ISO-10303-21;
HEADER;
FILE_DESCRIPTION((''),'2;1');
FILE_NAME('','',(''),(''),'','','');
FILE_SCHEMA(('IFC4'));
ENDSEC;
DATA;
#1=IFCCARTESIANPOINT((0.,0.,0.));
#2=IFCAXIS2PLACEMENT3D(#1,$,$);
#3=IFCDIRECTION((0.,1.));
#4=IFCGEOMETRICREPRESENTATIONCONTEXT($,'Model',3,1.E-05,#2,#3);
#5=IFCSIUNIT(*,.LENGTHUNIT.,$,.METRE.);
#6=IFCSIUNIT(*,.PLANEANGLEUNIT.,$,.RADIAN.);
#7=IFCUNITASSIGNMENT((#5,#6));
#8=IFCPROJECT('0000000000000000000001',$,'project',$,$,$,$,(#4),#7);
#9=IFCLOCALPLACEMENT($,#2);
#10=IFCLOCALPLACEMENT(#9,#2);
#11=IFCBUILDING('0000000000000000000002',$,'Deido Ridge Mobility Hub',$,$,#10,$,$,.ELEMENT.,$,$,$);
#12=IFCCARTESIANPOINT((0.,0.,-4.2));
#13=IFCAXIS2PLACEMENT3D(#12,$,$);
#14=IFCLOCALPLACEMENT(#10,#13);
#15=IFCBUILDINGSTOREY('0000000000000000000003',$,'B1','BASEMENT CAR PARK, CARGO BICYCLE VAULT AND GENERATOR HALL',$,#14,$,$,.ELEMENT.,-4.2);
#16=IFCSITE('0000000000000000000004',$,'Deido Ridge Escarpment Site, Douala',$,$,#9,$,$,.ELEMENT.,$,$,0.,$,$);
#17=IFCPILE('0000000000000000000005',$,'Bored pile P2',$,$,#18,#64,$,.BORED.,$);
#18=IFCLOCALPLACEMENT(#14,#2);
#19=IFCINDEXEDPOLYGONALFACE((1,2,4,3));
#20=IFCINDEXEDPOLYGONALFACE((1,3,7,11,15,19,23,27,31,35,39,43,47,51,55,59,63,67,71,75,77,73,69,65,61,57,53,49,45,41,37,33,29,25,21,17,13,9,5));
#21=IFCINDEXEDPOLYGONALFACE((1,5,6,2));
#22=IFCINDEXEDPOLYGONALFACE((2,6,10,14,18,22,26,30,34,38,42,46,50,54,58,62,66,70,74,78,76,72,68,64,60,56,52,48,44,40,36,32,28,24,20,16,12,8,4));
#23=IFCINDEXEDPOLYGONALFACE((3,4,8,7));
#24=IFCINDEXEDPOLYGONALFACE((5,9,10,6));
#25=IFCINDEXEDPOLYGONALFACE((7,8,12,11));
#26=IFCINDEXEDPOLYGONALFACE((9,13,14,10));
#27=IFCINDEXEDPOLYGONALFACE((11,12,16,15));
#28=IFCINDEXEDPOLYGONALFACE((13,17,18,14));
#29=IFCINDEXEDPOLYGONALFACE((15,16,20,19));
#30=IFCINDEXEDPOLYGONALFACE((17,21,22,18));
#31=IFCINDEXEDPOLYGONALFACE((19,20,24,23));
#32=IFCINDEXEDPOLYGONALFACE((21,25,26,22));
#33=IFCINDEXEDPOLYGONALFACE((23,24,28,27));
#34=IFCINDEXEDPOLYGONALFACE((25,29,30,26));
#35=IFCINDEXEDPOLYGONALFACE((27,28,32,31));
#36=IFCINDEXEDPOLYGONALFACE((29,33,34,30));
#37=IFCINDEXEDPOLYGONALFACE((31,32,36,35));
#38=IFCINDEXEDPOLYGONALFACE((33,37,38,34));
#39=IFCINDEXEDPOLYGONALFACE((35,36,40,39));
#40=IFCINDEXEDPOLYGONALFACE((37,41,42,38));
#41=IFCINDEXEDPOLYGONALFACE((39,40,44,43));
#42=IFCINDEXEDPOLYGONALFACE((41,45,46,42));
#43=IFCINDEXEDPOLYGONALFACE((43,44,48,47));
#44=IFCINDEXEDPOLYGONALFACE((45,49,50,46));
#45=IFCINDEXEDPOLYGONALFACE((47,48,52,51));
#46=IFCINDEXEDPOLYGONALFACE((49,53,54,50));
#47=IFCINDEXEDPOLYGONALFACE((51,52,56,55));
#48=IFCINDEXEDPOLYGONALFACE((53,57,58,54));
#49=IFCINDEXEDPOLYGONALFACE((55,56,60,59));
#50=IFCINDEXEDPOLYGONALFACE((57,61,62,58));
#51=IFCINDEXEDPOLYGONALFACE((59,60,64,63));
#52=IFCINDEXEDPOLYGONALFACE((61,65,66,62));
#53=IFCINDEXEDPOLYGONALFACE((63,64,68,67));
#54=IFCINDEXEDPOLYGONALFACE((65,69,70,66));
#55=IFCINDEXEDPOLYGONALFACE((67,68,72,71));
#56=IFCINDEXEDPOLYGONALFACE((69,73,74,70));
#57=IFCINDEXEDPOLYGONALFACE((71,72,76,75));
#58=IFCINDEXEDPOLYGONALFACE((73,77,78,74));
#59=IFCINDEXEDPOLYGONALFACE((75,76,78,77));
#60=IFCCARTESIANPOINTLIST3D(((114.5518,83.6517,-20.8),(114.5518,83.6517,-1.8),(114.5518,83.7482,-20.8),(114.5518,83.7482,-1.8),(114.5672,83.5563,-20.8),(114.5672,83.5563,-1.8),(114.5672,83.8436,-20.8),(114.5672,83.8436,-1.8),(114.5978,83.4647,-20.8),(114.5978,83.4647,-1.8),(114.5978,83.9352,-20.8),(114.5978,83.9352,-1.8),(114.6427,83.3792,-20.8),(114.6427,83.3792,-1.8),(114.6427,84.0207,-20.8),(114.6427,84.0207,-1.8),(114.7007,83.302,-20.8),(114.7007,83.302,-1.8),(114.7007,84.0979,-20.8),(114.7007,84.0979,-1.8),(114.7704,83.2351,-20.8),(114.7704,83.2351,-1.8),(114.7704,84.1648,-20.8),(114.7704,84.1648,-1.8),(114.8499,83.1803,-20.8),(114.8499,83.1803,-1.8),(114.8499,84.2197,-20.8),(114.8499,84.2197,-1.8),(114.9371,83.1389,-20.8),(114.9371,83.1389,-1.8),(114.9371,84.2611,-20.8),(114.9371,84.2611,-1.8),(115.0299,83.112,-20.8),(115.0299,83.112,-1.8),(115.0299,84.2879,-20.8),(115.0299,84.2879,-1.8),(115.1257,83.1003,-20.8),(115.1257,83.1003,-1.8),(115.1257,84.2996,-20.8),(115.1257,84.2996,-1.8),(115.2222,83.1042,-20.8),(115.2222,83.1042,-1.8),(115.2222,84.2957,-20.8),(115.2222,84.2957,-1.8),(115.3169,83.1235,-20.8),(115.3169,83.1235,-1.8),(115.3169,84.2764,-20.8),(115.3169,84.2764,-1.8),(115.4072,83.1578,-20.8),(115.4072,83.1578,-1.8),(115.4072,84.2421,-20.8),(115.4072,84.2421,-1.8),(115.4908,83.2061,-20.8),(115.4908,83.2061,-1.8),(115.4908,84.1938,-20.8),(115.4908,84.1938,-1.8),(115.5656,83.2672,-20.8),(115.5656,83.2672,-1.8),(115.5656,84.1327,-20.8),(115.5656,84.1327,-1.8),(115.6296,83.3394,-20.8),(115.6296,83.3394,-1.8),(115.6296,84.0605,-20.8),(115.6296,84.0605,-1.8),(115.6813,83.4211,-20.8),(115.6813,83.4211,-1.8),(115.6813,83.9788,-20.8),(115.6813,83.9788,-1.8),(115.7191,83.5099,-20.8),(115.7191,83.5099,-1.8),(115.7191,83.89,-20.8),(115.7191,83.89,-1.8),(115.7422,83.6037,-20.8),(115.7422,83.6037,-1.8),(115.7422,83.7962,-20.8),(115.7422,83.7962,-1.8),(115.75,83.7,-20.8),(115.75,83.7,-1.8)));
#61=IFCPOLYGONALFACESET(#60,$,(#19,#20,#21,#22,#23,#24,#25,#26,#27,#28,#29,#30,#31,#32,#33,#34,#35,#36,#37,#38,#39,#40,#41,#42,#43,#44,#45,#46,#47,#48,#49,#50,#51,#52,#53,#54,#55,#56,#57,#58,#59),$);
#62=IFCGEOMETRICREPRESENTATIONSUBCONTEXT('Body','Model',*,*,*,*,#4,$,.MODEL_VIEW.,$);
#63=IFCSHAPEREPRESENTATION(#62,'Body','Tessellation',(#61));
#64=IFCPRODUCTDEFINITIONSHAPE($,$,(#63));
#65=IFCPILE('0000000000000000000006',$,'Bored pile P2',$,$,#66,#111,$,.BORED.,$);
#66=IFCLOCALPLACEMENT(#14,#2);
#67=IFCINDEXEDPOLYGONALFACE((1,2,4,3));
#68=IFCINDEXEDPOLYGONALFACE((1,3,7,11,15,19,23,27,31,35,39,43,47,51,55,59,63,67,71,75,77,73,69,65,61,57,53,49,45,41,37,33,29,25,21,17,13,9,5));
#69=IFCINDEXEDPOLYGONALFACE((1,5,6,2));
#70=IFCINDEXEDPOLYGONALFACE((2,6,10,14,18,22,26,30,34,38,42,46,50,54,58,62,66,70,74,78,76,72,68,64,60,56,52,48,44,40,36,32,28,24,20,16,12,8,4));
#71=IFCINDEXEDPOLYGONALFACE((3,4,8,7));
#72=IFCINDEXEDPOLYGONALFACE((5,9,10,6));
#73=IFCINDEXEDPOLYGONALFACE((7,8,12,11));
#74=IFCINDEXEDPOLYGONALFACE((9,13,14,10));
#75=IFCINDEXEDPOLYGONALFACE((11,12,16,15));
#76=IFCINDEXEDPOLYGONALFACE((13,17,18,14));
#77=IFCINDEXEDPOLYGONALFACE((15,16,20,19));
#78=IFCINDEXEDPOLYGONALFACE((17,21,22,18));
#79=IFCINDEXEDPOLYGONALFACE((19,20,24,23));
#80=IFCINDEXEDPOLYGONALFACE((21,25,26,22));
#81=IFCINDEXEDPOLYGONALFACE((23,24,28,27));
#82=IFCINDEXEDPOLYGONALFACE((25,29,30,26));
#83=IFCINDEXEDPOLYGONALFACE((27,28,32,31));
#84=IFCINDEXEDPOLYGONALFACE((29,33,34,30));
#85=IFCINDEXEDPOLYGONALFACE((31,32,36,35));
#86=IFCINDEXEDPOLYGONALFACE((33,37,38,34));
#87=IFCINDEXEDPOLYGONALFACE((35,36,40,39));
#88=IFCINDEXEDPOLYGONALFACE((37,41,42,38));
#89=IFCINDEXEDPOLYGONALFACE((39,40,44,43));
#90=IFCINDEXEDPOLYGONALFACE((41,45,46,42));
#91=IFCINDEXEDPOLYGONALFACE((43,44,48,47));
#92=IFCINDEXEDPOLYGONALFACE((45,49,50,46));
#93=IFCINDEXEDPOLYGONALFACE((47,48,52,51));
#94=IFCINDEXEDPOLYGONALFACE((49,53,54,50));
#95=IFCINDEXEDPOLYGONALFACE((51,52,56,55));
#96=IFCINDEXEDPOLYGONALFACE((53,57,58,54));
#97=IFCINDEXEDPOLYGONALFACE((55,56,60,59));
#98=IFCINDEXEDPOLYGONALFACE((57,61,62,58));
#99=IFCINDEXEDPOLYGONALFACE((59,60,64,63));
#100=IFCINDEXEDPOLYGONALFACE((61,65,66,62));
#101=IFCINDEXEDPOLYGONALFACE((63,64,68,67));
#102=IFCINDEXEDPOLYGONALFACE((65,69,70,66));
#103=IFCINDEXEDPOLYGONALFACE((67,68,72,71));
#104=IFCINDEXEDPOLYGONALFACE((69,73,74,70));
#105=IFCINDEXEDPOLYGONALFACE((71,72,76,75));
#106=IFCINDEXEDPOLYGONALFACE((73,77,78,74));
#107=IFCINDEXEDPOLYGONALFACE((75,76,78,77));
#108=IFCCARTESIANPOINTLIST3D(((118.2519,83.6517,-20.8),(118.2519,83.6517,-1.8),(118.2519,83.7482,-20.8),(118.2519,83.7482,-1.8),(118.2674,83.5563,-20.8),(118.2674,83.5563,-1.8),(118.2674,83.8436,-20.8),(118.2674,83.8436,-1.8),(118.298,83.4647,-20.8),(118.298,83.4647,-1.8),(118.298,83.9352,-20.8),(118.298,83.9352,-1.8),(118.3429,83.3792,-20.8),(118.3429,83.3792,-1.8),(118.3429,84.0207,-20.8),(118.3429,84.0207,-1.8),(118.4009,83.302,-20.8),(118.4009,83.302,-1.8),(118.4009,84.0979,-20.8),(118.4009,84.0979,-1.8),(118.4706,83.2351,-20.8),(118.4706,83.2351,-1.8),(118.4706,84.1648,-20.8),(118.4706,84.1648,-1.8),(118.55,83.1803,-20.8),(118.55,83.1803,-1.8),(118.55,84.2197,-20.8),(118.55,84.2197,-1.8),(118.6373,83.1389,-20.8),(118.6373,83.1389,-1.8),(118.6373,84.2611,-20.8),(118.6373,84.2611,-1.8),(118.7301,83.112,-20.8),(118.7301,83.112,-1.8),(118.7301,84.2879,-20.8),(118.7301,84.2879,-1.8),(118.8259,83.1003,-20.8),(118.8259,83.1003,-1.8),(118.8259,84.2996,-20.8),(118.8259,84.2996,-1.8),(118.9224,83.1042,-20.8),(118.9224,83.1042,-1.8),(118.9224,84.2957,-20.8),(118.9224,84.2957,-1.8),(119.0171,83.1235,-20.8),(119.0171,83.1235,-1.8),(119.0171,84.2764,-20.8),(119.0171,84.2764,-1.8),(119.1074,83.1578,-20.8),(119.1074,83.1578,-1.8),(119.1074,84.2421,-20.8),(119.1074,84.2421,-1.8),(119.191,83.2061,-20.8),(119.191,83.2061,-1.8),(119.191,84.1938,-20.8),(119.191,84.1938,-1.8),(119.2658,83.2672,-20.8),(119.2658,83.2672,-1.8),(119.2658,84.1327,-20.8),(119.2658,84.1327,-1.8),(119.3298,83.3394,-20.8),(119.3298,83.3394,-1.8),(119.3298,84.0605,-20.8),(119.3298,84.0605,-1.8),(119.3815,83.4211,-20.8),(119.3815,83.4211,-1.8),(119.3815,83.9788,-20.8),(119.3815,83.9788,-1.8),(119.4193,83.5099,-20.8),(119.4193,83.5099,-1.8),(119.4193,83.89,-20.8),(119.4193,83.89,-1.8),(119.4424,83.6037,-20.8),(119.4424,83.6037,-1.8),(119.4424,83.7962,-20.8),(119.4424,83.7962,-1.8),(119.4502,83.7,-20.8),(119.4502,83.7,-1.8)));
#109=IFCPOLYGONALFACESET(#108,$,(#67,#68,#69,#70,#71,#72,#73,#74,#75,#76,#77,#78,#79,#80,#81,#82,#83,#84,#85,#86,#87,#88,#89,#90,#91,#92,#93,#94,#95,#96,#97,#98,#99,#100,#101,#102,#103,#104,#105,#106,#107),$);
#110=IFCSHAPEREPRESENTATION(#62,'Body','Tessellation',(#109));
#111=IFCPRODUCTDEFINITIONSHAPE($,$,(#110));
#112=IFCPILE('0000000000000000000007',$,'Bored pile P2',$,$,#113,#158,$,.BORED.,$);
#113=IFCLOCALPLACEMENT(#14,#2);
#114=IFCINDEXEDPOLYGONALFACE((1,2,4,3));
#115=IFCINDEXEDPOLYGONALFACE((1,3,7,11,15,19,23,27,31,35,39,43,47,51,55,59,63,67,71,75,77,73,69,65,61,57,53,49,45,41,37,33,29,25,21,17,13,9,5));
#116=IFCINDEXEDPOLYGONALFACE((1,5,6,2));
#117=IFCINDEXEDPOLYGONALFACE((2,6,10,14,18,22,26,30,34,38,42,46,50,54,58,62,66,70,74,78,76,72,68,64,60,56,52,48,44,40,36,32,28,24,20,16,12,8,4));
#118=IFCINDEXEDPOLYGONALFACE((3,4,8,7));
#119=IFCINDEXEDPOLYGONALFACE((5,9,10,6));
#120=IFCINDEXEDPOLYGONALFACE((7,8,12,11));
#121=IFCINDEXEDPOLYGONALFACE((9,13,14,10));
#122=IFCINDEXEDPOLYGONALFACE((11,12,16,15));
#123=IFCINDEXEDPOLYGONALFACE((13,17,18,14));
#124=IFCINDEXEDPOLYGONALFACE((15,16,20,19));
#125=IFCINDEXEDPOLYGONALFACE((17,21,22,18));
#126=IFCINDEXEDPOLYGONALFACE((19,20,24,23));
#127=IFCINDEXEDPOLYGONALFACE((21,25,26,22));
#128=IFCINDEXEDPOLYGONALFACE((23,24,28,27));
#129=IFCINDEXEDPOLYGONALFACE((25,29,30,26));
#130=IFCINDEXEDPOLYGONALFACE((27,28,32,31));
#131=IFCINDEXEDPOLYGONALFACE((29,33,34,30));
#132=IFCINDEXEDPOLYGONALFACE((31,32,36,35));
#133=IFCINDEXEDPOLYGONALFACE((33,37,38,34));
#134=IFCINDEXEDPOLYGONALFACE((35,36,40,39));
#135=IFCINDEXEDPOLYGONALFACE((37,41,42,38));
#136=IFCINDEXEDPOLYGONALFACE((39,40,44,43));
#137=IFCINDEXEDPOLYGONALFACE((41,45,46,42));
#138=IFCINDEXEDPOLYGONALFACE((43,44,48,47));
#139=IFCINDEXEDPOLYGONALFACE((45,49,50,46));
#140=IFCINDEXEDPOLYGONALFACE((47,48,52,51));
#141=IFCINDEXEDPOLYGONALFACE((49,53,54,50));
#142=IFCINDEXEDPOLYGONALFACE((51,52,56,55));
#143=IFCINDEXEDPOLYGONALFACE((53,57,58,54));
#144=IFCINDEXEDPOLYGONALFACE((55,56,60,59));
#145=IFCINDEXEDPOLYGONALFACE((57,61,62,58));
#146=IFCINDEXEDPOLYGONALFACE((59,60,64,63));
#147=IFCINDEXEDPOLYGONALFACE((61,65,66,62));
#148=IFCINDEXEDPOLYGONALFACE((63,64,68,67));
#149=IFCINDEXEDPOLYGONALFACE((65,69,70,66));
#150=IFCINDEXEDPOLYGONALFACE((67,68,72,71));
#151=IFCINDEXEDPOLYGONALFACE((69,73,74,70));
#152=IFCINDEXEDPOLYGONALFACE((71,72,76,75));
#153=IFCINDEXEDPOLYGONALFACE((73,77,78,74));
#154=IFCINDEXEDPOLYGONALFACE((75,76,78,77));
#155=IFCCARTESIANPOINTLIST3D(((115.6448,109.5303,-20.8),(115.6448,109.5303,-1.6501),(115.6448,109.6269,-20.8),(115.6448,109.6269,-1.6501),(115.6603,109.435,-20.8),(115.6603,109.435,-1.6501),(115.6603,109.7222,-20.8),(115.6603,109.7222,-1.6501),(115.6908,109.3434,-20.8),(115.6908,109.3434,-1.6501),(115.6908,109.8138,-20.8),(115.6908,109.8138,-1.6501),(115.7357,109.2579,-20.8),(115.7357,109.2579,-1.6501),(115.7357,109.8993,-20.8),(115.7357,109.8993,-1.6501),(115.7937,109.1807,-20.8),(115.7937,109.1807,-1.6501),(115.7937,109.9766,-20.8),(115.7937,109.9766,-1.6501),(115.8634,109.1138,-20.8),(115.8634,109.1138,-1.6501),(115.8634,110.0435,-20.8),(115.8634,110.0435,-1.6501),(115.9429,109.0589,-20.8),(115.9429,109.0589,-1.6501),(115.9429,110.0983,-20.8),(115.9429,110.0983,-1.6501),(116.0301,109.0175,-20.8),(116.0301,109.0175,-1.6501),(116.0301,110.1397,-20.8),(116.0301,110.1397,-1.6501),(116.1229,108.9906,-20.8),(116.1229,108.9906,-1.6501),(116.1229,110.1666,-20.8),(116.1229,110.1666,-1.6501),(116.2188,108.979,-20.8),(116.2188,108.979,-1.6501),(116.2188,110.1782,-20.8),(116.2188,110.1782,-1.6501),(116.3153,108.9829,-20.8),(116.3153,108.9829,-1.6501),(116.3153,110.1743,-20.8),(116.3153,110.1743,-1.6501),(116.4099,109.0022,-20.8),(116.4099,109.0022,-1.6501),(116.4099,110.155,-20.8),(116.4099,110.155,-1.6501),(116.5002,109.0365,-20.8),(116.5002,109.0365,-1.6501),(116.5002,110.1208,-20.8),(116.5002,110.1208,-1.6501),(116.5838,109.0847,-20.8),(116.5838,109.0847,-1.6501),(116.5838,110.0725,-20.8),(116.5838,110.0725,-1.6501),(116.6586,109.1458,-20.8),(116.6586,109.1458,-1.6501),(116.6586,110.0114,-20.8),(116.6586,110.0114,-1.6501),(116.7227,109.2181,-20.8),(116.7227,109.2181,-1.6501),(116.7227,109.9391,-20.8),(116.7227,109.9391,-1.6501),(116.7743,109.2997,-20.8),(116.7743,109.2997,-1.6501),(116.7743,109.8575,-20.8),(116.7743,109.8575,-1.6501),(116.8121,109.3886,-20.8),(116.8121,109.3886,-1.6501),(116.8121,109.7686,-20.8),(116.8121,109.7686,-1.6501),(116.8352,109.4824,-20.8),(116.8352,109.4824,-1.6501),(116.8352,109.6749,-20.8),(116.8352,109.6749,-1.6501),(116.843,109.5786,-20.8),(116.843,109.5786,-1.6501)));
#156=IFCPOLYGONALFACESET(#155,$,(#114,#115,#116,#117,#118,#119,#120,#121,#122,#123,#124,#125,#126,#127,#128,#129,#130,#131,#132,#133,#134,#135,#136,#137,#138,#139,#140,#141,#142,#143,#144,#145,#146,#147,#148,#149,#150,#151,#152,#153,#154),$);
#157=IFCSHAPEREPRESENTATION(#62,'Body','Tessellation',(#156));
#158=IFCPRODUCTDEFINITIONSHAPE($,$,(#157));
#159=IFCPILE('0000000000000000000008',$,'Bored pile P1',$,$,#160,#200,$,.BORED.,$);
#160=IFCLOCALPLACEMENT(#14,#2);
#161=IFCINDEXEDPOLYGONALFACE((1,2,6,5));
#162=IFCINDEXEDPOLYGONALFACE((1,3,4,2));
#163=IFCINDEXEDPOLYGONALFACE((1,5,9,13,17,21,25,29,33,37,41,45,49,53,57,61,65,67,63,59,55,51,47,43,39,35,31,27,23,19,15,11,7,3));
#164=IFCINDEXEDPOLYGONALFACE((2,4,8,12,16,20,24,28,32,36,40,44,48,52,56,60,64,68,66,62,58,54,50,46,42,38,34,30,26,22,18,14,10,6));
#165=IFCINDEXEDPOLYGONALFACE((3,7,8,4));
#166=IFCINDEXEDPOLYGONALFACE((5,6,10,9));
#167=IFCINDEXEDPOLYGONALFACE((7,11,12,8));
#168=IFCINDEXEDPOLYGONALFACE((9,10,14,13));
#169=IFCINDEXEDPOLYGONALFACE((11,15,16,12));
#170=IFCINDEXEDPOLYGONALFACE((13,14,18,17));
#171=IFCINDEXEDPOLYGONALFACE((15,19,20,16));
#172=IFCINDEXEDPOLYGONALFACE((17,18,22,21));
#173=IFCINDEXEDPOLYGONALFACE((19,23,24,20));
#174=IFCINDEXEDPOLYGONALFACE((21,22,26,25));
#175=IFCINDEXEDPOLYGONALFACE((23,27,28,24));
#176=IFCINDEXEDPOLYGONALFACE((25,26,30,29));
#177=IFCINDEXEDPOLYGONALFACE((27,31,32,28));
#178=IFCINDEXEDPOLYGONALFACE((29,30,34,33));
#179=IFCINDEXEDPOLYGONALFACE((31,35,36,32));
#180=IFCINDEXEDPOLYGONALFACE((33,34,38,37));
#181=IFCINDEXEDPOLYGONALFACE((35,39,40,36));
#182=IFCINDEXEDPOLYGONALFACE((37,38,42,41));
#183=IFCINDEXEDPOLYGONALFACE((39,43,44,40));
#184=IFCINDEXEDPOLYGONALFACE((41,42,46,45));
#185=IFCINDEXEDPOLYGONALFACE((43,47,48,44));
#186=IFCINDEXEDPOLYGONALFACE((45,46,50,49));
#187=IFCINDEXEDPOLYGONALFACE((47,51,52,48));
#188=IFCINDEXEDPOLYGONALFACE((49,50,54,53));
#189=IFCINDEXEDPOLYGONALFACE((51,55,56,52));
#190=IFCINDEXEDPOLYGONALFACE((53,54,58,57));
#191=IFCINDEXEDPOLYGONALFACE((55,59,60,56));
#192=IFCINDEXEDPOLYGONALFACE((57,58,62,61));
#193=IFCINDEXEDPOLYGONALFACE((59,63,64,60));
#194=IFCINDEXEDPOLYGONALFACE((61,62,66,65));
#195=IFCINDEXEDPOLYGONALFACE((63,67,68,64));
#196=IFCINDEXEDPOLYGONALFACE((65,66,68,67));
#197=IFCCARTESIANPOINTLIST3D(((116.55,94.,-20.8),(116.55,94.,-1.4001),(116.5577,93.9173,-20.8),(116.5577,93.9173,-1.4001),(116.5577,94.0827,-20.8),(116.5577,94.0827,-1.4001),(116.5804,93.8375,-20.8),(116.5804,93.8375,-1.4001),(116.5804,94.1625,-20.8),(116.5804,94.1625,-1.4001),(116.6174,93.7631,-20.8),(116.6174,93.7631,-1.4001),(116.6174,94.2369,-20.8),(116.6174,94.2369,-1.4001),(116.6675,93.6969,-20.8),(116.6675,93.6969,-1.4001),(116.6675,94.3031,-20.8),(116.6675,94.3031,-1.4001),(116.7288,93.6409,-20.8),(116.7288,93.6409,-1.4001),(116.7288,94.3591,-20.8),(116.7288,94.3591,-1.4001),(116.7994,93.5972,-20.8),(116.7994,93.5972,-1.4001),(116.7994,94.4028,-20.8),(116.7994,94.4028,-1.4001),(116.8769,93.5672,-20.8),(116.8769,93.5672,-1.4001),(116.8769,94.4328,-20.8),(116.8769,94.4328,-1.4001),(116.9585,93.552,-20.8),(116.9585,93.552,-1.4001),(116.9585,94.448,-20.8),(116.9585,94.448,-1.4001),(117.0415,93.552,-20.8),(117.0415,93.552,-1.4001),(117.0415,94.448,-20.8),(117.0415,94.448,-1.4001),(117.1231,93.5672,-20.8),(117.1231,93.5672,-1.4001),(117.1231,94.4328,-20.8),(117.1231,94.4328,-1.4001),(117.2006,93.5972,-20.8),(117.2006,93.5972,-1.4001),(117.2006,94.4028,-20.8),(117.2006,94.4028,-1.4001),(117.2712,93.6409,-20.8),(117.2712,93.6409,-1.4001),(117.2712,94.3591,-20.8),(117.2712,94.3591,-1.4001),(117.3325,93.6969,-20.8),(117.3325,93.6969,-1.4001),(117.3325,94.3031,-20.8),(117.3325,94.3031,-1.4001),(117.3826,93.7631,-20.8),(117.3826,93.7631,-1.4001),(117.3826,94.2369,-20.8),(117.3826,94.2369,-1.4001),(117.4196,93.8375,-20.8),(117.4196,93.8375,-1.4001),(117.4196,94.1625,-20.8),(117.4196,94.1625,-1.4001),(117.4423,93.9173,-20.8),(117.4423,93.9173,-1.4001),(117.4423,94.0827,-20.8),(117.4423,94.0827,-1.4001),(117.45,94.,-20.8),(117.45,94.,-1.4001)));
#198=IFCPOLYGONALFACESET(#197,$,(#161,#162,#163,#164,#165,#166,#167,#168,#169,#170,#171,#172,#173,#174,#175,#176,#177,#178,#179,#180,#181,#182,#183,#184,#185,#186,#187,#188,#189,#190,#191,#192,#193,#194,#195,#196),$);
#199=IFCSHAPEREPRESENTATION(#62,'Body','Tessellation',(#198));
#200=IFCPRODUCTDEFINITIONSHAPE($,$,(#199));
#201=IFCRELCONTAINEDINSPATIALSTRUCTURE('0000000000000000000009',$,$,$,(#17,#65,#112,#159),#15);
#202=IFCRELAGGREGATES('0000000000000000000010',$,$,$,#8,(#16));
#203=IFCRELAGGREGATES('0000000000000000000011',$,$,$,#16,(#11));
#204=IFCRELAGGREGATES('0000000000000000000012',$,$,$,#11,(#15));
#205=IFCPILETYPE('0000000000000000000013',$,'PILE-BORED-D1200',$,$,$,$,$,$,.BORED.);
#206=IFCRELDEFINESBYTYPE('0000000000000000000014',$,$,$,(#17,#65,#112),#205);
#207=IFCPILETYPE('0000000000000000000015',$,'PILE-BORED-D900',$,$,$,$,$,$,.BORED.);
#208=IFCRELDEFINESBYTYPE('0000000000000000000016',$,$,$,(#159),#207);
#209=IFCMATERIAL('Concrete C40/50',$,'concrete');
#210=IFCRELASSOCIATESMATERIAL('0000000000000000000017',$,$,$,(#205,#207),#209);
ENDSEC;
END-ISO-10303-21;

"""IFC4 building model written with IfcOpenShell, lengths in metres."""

from ifc_helpers import new_model, si_unit, direction, frame, origin, origin_2d, place, context, subcontext, project, spatial, circle, extrude, material, material_profile, profile_set, type_object, element, save


model = new_model("IFC4")

# Units and contexts
model_context = context("Model", 3, precision=1e-05, world=origin(), true_north=direction((0.0, 1.0)))
body_context = subcontext(model_context, "Body", "Model", "MODEL_VIEW")
ifc_project = project(units=[si_unit("LENGTHUNIT", "METRE"), si_unit("PLANEANGLEUNIT", "RADIAN")], contexts=[model_context])

# Site, building, storey
site_placement = place(None, origin())
site = spatial("IfcSite", under=ifc_project, at=site_placement, Name="Deido Ridge Escarpment Site, Douala", CompositionType="ELEMENT", RefElevation=0.0)
building_placement = place(site_placement, origin())
building = spatial("IfcBuilding", under=site, at=building_placement, Name="Deido Ridge Mobility Hub", CompositionType="ELEMENT")
storey_placement = place(building_placement, frame((0.0, 0.0, -4.2)))
storey = spatial("IfcBuildingStorey", under=building, at=storey_placement, Name="B1", Description="BASEMENT CAR PARK, CARGO BICYCLE VAULT AND GENERATOR HALL", CompositionType="ELEMENT", Elevation=-4.2)

# Shared definitions
ifc_material_1 = material(Name="Concrete C40/50", Category="concrete")

# Piles
ifc_material_profile_1 = material_profile(ifc_material_1, circle(Radius=0.6001, at=origin_2d()), Name="BORED PILE D1200")
ifc_profile_set_1 = profile_set([ifc_material_profile_1], Name="Concrete C40/50")
pile_type_1 = type_object("IfcPileType", Name="PILE-BORED-D1200", PredefinedType="BORED", material=ifc_profile_set_1)
for number, where, z_axis, x_axis, name in (
    (1, (115.1499, 83.7, -1.8), (0.0, 0.0, -1.0), (1.0, 0.0, 0.0), "Bored pile P2"),
    (2, (118.8501, 83.7, -1.8), (0.0, 0.0, -1.0), (1.0, 0.0, 0.0), "Bored pile P2"),
):
    element("IfcPile", number, at=place(storey_placement, frame(where, z_axis=z_axis, x_axis=x_axis)), inside=storey, type_object=pile_type_1, Name=name, PredefinedType="BORED", context=body_context, shape_type="SweptSolid", body=[
        extrude(circle(Radius=0.6001, at=origin_2d()), origin(), (0.0, 0.0, 1.0), 19.0),
    ])
pile_1_placement = place(storey_placement, frame((116.2429, 109.5786, -1.6501), z_axis=(0.0, 0.0, -1.0), x_axis=(1.0, 0.0, 0.0)))
element("IfcPile", 3, at=pile_1_placement, inside=storey, type_object=pile_type_1, Name="Bored pile P2", PredefinedType="BORED", context=body_context, shape_type="SweptSolid", body=[
    extrude(circle(Radius=0.6001, at=origin_2d()), origin(), (0.0, 0.0, 1.0), 19.1499),
])
ifc_material_profile_2 = material_profile(ifc_material_1, circle(Radius=0.45, at=origin_2d()), Name="BORED PILE D900")
ifc_profile_set_2 = profile_set([ifc_material_profile_2], Name="Concrete C40/50")
pile_type_2 = type_object("IfcPileType", Name="PILE-BORED-D900", PredefinedType="BORED", material=ifc_profile_set_2)
pile_2_placement = place(storey_placement, frame((117.0, 94.0, -1.4001), z_axis=(0.0, 0.0, -1.0), x_axis=(1.0, 0.0, 0.0)))
element("IfcPile", 4, at=pile_2_placement, inside=storey, type_object=pile_type_2, Name="Bored pile P1", PredefinedType="BORED", context=body_context, shape_type="SweptSolid", body=[
    extrude(circle(Radius=0.45, at=origin_2d()), origin(), (0.0, 0.0, 1.0), 19.3999),
])

save(model, "model.ifc")
